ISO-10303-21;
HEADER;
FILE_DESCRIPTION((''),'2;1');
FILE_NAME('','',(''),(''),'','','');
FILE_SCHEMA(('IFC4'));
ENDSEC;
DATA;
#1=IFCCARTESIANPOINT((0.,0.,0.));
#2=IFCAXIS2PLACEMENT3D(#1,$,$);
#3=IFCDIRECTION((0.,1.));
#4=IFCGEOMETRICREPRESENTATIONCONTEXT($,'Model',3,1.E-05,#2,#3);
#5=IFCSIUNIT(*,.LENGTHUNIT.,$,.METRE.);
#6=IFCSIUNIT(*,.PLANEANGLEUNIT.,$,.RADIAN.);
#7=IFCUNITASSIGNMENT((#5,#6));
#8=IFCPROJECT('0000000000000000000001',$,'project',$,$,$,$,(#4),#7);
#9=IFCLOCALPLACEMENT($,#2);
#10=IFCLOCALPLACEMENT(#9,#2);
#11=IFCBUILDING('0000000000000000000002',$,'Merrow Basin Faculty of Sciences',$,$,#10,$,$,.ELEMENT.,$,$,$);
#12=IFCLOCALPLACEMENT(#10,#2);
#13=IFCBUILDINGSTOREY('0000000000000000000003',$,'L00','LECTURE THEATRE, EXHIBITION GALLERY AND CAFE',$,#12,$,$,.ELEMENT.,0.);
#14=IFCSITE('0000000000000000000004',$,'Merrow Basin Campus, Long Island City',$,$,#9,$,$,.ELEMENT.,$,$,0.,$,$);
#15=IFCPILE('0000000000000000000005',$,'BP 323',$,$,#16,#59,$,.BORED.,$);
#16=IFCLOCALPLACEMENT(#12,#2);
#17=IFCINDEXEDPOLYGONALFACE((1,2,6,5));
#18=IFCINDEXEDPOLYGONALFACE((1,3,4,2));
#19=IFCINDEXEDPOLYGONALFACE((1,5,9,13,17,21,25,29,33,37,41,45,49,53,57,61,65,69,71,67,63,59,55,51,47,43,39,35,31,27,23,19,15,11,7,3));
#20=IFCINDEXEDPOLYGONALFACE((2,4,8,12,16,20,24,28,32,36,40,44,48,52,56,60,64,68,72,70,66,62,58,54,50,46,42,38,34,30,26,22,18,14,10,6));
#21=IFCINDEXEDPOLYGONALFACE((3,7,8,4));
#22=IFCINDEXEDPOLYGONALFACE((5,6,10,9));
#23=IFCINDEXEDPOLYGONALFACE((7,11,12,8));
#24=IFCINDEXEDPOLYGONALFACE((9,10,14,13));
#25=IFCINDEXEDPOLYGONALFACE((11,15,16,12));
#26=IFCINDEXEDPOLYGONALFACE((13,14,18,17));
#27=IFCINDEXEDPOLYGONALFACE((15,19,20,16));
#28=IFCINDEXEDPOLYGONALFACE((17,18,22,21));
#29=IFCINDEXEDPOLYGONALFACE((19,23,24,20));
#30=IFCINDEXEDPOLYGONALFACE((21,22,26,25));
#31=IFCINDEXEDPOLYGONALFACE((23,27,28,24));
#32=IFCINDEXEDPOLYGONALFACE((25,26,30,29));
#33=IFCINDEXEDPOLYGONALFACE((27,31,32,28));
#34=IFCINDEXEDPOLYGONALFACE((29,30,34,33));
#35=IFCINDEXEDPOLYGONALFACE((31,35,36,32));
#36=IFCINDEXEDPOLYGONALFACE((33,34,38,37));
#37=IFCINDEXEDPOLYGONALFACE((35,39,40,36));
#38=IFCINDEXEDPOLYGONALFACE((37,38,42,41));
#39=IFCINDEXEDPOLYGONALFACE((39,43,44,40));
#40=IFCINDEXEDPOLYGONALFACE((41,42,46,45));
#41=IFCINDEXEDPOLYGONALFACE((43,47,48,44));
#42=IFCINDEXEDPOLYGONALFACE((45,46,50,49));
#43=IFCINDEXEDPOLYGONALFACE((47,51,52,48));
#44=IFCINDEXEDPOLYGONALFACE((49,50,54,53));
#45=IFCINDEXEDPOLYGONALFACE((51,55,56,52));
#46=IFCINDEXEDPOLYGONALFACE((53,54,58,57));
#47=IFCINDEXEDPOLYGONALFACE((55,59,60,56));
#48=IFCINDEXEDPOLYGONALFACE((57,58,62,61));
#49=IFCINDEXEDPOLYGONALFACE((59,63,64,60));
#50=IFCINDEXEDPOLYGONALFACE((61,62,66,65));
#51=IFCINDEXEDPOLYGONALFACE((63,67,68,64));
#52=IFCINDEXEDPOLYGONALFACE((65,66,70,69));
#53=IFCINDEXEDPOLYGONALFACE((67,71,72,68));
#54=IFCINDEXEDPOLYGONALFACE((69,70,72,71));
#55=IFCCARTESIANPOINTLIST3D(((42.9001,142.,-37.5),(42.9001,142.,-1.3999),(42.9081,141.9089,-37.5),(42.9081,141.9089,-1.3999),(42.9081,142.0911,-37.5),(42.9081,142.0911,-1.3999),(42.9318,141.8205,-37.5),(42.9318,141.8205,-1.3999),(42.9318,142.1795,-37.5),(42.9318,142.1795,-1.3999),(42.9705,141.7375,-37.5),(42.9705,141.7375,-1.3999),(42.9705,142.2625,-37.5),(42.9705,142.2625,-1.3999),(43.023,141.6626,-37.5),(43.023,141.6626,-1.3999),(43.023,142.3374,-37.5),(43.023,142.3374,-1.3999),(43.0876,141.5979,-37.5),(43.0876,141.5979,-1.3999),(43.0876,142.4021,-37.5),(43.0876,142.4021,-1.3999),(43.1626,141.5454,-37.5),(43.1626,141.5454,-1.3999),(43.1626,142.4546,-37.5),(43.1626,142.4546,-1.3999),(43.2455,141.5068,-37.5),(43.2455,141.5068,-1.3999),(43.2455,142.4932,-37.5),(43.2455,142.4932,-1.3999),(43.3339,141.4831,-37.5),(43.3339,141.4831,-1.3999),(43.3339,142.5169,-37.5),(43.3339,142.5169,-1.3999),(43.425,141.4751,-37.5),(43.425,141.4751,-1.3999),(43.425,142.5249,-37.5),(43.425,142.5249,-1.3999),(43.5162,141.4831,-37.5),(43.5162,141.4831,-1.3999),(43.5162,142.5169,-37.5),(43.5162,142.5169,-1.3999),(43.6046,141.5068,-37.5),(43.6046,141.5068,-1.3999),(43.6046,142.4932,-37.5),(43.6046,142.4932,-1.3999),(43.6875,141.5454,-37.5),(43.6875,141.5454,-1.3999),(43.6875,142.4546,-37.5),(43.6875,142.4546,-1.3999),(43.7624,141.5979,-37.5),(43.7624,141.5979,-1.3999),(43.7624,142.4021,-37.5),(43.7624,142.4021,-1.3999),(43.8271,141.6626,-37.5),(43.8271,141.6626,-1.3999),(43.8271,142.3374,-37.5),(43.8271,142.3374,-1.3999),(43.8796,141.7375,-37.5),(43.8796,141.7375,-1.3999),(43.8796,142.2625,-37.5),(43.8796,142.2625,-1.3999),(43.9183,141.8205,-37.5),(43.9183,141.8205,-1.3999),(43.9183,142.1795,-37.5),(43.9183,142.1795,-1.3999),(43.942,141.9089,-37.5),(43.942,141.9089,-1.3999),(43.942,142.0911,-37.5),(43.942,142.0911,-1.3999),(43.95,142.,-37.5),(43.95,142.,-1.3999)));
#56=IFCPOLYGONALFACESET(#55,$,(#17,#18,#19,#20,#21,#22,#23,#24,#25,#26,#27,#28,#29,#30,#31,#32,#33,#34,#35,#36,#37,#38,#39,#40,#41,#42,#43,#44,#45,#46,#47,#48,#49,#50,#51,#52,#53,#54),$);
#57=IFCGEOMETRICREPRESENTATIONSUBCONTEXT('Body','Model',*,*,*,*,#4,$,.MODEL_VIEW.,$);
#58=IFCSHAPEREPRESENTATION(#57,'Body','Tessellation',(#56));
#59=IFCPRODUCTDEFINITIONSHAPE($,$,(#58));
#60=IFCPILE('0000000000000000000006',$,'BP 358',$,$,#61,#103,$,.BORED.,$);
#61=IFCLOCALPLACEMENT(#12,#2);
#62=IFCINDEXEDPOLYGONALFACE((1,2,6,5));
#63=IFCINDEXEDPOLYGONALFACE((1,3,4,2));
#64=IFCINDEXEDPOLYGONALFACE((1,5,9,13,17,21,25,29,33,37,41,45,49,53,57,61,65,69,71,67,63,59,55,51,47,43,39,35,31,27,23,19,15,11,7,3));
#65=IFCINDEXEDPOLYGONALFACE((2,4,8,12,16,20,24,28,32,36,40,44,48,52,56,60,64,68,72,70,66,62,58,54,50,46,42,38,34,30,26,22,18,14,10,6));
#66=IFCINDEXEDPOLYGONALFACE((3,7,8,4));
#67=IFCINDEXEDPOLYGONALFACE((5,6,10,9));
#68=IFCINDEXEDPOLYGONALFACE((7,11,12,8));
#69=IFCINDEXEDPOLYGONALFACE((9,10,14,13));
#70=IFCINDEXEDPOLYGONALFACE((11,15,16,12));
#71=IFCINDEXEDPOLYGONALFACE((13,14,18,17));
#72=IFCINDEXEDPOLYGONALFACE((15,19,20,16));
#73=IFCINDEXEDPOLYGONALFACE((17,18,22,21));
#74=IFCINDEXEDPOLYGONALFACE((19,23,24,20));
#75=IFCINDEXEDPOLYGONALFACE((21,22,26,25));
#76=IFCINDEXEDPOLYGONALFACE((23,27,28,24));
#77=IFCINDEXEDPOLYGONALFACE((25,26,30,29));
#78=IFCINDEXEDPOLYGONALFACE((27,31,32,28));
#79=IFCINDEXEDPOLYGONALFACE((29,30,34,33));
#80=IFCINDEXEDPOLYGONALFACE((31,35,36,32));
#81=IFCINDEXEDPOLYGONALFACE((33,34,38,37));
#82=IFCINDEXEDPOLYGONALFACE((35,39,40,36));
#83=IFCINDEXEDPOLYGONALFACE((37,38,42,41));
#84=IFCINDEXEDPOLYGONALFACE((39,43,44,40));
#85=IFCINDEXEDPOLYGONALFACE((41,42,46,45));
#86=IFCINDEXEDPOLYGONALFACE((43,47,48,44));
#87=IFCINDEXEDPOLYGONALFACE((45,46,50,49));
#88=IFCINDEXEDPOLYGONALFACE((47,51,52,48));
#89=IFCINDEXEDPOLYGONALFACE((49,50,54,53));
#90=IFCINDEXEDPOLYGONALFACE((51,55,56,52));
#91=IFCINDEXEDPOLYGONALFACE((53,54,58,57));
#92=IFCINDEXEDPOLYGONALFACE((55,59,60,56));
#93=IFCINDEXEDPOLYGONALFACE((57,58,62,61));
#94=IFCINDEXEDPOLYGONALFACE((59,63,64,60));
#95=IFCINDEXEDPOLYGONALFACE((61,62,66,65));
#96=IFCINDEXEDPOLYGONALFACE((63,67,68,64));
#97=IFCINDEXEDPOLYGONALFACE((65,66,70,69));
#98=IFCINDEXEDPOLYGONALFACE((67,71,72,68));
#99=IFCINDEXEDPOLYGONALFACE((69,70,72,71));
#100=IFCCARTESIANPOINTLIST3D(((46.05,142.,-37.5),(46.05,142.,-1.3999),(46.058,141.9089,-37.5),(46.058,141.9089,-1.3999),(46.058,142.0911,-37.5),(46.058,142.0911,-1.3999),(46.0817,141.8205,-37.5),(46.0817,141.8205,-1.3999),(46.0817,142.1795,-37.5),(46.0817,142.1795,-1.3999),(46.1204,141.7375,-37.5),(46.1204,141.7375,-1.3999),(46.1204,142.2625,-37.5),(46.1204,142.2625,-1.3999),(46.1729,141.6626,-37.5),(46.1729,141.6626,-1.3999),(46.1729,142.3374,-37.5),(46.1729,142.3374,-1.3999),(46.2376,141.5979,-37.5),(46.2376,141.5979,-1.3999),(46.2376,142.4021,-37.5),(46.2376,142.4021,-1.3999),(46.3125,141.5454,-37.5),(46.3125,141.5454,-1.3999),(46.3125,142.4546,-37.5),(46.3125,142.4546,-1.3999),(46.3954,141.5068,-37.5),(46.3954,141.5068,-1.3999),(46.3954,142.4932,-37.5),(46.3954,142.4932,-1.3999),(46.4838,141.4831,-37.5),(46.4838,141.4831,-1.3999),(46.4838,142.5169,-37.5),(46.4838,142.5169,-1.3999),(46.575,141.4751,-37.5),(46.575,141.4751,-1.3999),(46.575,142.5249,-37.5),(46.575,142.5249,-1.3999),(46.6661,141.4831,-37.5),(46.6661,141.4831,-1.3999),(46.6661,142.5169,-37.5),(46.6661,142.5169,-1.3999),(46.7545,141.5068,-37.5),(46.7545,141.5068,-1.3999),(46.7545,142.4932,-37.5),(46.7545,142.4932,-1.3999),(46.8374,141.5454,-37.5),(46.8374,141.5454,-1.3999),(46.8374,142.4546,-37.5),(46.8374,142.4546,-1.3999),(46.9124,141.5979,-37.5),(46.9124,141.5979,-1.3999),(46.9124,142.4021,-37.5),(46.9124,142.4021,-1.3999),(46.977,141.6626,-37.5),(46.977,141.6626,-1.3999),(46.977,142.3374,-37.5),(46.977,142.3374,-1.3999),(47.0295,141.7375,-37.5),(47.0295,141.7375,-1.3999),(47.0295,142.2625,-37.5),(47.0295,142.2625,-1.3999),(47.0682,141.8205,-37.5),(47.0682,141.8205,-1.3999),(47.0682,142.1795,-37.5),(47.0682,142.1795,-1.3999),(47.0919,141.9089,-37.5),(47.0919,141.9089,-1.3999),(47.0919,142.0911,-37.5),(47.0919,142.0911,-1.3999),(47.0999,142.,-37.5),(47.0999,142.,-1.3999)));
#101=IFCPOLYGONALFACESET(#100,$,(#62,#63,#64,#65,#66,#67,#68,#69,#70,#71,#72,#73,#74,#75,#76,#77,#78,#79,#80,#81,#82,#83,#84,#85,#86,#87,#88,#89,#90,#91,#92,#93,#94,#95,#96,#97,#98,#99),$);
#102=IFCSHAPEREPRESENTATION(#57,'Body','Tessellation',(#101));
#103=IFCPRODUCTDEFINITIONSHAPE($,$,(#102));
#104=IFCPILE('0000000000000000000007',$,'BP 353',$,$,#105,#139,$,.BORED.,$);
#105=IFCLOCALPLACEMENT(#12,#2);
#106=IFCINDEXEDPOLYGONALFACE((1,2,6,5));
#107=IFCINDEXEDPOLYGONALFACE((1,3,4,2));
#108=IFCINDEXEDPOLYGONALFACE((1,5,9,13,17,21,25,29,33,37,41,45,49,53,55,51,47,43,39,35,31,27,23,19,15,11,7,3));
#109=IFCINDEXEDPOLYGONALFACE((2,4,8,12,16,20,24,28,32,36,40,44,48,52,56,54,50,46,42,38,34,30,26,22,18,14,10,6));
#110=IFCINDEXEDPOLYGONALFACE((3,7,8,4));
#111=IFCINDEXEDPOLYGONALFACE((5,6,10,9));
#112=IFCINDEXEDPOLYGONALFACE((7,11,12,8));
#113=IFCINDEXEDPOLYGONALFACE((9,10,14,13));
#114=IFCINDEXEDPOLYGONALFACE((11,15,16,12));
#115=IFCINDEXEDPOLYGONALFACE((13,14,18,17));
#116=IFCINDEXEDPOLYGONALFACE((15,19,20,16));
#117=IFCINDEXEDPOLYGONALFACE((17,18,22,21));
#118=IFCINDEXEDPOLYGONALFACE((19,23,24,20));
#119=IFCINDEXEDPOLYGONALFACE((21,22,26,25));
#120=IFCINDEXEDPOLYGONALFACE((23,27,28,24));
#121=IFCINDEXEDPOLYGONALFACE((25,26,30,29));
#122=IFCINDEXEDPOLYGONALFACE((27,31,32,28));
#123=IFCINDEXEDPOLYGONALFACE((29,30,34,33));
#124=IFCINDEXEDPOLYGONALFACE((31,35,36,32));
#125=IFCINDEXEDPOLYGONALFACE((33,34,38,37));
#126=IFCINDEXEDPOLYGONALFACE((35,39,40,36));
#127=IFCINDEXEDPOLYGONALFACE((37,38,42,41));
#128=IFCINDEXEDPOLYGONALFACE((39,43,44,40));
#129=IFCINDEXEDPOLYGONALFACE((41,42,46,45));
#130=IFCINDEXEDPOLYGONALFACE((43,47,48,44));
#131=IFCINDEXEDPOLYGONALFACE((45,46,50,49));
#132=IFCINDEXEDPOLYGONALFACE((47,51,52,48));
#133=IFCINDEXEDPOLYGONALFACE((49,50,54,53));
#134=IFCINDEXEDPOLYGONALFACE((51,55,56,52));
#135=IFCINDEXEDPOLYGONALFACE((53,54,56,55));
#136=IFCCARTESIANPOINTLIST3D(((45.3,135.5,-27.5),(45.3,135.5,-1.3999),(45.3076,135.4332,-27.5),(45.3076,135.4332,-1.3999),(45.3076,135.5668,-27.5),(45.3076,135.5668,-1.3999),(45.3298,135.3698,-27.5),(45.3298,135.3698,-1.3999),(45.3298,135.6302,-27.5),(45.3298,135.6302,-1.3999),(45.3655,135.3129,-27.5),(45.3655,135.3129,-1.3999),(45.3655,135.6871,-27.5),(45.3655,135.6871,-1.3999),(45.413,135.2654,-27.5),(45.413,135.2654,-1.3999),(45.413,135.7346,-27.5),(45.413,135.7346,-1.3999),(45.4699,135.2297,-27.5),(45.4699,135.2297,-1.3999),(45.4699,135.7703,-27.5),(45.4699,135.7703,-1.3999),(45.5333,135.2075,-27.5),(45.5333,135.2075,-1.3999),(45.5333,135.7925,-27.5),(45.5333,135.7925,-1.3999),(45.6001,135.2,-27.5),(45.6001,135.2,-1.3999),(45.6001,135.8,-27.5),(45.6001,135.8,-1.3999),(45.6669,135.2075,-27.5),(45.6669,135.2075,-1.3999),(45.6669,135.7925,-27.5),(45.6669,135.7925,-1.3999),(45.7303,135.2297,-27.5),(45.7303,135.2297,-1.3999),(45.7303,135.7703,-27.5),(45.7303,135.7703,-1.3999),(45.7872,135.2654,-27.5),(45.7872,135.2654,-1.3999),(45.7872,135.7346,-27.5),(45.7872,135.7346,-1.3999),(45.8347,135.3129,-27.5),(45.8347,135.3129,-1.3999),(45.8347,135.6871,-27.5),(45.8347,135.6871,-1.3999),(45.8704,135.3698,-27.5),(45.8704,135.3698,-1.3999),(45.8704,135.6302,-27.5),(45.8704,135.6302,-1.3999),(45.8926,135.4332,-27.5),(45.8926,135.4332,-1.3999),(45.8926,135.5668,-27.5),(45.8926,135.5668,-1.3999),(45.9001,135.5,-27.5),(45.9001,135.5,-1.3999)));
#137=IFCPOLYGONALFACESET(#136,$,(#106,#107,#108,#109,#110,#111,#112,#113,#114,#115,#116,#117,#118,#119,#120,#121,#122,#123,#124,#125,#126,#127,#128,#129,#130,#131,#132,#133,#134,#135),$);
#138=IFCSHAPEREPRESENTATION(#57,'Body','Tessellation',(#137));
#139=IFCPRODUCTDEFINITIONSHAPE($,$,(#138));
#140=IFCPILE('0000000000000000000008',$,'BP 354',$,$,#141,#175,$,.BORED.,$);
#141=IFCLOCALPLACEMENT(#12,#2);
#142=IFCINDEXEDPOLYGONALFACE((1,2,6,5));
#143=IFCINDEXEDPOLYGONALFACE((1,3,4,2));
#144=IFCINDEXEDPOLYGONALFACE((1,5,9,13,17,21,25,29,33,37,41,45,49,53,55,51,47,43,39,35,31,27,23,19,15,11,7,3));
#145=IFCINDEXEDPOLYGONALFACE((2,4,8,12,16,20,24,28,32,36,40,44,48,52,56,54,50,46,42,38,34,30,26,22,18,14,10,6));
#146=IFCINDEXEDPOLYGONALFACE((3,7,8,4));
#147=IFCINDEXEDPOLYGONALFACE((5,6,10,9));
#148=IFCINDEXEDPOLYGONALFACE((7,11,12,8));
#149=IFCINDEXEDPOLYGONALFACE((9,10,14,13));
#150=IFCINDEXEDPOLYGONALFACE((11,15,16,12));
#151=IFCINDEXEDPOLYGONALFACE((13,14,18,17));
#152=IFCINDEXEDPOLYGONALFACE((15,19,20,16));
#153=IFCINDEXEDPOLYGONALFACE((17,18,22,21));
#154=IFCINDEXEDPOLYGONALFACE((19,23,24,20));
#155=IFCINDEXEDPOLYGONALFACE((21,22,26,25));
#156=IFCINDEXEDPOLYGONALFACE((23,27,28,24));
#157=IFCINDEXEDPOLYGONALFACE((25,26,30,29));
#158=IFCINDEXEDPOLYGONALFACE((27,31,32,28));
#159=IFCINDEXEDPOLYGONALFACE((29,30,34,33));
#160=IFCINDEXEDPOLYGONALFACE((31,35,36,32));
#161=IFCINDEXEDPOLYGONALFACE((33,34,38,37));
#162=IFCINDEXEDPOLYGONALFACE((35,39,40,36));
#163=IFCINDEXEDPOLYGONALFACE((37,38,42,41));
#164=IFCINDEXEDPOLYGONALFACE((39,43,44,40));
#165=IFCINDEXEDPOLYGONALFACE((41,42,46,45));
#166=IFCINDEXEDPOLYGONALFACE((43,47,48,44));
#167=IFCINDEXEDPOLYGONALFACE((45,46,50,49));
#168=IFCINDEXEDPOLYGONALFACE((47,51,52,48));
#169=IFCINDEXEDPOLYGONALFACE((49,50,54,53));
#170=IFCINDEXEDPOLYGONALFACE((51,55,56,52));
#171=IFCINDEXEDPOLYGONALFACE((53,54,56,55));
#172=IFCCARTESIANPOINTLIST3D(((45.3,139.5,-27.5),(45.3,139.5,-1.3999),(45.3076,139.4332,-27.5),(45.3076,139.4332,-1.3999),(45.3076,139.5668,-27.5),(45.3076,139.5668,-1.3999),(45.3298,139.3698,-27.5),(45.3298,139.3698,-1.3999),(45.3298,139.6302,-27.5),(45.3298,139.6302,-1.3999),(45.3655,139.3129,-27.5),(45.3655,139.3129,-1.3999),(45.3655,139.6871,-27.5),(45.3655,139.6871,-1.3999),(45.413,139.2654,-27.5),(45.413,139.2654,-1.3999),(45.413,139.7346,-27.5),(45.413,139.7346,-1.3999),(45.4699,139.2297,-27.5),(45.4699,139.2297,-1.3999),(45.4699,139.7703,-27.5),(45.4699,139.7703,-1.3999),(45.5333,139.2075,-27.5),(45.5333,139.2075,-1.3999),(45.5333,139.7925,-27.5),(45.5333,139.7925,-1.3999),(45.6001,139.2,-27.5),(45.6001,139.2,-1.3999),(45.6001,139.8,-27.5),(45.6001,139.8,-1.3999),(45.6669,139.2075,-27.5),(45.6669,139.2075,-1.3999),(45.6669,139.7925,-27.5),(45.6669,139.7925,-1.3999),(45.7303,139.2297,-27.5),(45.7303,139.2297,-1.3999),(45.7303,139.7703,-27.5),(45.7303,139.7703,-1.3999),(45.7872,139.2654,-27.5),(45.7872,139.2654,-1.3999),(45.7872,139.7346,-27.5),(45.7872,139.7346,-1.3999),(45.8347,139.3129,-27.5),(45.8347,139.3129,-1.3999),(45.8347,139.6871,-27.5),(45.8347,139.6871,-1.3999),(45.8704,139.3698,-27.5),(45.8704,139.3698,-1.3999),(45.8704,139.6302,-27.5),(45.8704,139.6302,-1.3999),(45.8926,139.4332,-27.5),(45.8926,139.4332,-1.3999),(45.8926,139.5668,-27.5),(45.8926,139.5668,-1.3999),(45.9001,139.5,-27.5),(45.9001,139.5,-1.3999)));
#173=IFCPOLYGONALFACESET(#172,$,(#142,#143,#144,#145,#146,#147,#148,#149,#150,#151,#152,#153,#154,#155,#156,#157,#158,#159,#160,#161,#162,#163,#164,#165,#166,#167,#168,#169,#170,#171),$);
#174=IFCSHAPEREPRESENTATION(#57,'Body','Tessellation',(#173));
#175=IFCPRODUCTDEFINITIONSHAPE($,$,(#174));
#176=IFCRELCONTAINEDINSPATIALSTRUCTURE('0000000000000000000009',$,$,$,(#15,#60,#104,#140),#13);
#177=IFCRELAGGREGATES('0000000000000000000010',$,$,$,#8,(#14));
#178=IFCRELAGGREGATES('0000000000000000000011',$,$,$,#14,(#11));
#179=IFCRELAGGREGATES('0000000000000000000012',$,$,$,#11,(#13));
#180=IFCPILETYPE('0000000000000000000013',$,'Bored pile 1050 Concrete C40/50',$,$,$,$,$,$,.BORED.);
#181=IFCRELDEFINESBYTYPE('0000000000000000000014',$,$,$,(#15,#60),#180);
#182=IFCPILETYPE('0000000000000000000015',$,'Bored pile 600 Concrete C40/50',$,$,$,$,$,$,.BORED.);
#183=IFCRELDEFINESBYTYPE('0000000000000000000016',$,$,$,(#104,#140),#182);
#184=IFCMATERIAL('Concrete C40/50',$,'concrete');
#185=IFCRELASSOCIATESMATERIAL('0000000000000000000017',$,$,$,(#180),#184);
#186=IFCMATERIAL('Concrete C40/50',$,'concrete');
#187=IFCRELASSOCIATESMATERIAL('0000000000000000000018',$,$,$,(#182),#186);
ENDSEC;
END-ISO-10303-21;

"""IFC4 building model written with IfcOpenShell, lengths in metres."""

from ifc_helpers import new_model, si_unit, direction, frame, origin, origin_2d, place, context, subcontext, project, spatial, circle, extrude, material, material_profile, profile_set, type_object, element, save


model = new_model("IFC4")

# Units and contexts
model_context = context("Model", 3, precision=1e-05, world=origin(), true_north=direction((0.0, 1.0)))
body_context = subcontext(model_context, "Body", "Model", "MODEL_VIEW")
ifc_project = project(units=[si_unit("LENGTHUNIT", "METRE"), si_unit("PLANEANGLEUNIT", "RADIAN")], contexts=[model_context])

# Site, building, storey
site_placement = place(None, origin())
site = spatial("IfcSite", under=ifc_project, at=site_placement, Name="Merrow Basin Campus, Long Island City", CompositionType="ELEMENT", RefElevation=0.0)
building_placement = place(site_placement, origin())
building = spatial("IfcBuilding", under=site, at=building_placement, Name="Merrow Basin Faculty of Sciences", CompositionType="ELEMENT")
storey_placement = place(building_placement, origin())
storey = spatial("IfcBuildingStorey", under=building, at=storey_placement, Name="L00", Description="LECTURE THEATRE, EXHIBITION GALLERY AND CAFE", CompositionType="ELEMENT", Elevation=0.0)

# Piles
ifc_material_1 = material(Name="Concrete C40/50", Category="concrete")
ifc_material_profile_1 = material_profile(ifc_material_1, circle(Radius=0.5249, at=origin_2d()))
ifc_profile_set_1 = profile_set([ifc_material_profile_1], Name="Concrete C40/50")
pile_type_1 = type_object("IfcPileType", Name="Bored pile 1050 Concrete C40/50", PredefinedType="BORED", material=ifc_profile_set_1)
for number, where, z_axis, x_axis, name in (
    (1, (43.425, 142.0, -1.3999), (0.0, 0.0, -1.0), (1.0, 0.0, 0.0), "BP 323"),
    (2, (46.575, 142.0, -1.3999), (0.0, 0.0, -1.0), (1.0, 0.0, 0.0), "BP 358"),
):
    element("IfcPile", number, at=place(storey_placement, frame(where, z_axis=z_axis, x_axis=x_axis)), inside=storey, type_object=pile_type_1, Name=name, PredefinedType="BORED", context=body_context, shape_type="SweptSolid", body=[
        extrude(circle(Radius=0.5249, at=origin_2d()), origin(), (0.0, 0.0, 1.0), 36.1001),
    ])
ifc_material_2 = material(Name="Concrete C40/50", Category="concrete")
ifc_material_profile_2 = material_profile(ifc_material_2, circle(Radius=0.3, at=origin_2d()))
ifc_profile_set_2 = profile_set([ifc_material_profile_2], Name="Concrete C40/50")
pile_type_2 = type_object("IfcPileType", Name="Bored pile 600 Concrete C40/50", PredefinedType="BORED", material=ifc_profile_set_2)
for number, where, z_axis, x_axis, name in (
    (3, (45.6001, 135.5, -1.3999), (0.0, 0.0, -1.0), (1.0, 0.0, 0.0), "BP 353"),
    (4, (45.6001, 139.5, -1.3999), (0.0, 0.0, -1.0), (1.0, 0.0, 0.0), "BP 354"),
):
    element("IfcPile", number, at=place(storey_placement, frame(where, z_axis=z_axis, x_axis=x_axis)), inside=storey, type_object=pile_type_2, Name=name, PredefinedType="BORED", context=body_context, shape_type="SweptSolid", body=[
        extrude(circle(Radius=0.3, at=origin_2d()), origin(), (0.0, 0.0, 1.0), 26.1001),
    ])

save(model, "model.ifc")
